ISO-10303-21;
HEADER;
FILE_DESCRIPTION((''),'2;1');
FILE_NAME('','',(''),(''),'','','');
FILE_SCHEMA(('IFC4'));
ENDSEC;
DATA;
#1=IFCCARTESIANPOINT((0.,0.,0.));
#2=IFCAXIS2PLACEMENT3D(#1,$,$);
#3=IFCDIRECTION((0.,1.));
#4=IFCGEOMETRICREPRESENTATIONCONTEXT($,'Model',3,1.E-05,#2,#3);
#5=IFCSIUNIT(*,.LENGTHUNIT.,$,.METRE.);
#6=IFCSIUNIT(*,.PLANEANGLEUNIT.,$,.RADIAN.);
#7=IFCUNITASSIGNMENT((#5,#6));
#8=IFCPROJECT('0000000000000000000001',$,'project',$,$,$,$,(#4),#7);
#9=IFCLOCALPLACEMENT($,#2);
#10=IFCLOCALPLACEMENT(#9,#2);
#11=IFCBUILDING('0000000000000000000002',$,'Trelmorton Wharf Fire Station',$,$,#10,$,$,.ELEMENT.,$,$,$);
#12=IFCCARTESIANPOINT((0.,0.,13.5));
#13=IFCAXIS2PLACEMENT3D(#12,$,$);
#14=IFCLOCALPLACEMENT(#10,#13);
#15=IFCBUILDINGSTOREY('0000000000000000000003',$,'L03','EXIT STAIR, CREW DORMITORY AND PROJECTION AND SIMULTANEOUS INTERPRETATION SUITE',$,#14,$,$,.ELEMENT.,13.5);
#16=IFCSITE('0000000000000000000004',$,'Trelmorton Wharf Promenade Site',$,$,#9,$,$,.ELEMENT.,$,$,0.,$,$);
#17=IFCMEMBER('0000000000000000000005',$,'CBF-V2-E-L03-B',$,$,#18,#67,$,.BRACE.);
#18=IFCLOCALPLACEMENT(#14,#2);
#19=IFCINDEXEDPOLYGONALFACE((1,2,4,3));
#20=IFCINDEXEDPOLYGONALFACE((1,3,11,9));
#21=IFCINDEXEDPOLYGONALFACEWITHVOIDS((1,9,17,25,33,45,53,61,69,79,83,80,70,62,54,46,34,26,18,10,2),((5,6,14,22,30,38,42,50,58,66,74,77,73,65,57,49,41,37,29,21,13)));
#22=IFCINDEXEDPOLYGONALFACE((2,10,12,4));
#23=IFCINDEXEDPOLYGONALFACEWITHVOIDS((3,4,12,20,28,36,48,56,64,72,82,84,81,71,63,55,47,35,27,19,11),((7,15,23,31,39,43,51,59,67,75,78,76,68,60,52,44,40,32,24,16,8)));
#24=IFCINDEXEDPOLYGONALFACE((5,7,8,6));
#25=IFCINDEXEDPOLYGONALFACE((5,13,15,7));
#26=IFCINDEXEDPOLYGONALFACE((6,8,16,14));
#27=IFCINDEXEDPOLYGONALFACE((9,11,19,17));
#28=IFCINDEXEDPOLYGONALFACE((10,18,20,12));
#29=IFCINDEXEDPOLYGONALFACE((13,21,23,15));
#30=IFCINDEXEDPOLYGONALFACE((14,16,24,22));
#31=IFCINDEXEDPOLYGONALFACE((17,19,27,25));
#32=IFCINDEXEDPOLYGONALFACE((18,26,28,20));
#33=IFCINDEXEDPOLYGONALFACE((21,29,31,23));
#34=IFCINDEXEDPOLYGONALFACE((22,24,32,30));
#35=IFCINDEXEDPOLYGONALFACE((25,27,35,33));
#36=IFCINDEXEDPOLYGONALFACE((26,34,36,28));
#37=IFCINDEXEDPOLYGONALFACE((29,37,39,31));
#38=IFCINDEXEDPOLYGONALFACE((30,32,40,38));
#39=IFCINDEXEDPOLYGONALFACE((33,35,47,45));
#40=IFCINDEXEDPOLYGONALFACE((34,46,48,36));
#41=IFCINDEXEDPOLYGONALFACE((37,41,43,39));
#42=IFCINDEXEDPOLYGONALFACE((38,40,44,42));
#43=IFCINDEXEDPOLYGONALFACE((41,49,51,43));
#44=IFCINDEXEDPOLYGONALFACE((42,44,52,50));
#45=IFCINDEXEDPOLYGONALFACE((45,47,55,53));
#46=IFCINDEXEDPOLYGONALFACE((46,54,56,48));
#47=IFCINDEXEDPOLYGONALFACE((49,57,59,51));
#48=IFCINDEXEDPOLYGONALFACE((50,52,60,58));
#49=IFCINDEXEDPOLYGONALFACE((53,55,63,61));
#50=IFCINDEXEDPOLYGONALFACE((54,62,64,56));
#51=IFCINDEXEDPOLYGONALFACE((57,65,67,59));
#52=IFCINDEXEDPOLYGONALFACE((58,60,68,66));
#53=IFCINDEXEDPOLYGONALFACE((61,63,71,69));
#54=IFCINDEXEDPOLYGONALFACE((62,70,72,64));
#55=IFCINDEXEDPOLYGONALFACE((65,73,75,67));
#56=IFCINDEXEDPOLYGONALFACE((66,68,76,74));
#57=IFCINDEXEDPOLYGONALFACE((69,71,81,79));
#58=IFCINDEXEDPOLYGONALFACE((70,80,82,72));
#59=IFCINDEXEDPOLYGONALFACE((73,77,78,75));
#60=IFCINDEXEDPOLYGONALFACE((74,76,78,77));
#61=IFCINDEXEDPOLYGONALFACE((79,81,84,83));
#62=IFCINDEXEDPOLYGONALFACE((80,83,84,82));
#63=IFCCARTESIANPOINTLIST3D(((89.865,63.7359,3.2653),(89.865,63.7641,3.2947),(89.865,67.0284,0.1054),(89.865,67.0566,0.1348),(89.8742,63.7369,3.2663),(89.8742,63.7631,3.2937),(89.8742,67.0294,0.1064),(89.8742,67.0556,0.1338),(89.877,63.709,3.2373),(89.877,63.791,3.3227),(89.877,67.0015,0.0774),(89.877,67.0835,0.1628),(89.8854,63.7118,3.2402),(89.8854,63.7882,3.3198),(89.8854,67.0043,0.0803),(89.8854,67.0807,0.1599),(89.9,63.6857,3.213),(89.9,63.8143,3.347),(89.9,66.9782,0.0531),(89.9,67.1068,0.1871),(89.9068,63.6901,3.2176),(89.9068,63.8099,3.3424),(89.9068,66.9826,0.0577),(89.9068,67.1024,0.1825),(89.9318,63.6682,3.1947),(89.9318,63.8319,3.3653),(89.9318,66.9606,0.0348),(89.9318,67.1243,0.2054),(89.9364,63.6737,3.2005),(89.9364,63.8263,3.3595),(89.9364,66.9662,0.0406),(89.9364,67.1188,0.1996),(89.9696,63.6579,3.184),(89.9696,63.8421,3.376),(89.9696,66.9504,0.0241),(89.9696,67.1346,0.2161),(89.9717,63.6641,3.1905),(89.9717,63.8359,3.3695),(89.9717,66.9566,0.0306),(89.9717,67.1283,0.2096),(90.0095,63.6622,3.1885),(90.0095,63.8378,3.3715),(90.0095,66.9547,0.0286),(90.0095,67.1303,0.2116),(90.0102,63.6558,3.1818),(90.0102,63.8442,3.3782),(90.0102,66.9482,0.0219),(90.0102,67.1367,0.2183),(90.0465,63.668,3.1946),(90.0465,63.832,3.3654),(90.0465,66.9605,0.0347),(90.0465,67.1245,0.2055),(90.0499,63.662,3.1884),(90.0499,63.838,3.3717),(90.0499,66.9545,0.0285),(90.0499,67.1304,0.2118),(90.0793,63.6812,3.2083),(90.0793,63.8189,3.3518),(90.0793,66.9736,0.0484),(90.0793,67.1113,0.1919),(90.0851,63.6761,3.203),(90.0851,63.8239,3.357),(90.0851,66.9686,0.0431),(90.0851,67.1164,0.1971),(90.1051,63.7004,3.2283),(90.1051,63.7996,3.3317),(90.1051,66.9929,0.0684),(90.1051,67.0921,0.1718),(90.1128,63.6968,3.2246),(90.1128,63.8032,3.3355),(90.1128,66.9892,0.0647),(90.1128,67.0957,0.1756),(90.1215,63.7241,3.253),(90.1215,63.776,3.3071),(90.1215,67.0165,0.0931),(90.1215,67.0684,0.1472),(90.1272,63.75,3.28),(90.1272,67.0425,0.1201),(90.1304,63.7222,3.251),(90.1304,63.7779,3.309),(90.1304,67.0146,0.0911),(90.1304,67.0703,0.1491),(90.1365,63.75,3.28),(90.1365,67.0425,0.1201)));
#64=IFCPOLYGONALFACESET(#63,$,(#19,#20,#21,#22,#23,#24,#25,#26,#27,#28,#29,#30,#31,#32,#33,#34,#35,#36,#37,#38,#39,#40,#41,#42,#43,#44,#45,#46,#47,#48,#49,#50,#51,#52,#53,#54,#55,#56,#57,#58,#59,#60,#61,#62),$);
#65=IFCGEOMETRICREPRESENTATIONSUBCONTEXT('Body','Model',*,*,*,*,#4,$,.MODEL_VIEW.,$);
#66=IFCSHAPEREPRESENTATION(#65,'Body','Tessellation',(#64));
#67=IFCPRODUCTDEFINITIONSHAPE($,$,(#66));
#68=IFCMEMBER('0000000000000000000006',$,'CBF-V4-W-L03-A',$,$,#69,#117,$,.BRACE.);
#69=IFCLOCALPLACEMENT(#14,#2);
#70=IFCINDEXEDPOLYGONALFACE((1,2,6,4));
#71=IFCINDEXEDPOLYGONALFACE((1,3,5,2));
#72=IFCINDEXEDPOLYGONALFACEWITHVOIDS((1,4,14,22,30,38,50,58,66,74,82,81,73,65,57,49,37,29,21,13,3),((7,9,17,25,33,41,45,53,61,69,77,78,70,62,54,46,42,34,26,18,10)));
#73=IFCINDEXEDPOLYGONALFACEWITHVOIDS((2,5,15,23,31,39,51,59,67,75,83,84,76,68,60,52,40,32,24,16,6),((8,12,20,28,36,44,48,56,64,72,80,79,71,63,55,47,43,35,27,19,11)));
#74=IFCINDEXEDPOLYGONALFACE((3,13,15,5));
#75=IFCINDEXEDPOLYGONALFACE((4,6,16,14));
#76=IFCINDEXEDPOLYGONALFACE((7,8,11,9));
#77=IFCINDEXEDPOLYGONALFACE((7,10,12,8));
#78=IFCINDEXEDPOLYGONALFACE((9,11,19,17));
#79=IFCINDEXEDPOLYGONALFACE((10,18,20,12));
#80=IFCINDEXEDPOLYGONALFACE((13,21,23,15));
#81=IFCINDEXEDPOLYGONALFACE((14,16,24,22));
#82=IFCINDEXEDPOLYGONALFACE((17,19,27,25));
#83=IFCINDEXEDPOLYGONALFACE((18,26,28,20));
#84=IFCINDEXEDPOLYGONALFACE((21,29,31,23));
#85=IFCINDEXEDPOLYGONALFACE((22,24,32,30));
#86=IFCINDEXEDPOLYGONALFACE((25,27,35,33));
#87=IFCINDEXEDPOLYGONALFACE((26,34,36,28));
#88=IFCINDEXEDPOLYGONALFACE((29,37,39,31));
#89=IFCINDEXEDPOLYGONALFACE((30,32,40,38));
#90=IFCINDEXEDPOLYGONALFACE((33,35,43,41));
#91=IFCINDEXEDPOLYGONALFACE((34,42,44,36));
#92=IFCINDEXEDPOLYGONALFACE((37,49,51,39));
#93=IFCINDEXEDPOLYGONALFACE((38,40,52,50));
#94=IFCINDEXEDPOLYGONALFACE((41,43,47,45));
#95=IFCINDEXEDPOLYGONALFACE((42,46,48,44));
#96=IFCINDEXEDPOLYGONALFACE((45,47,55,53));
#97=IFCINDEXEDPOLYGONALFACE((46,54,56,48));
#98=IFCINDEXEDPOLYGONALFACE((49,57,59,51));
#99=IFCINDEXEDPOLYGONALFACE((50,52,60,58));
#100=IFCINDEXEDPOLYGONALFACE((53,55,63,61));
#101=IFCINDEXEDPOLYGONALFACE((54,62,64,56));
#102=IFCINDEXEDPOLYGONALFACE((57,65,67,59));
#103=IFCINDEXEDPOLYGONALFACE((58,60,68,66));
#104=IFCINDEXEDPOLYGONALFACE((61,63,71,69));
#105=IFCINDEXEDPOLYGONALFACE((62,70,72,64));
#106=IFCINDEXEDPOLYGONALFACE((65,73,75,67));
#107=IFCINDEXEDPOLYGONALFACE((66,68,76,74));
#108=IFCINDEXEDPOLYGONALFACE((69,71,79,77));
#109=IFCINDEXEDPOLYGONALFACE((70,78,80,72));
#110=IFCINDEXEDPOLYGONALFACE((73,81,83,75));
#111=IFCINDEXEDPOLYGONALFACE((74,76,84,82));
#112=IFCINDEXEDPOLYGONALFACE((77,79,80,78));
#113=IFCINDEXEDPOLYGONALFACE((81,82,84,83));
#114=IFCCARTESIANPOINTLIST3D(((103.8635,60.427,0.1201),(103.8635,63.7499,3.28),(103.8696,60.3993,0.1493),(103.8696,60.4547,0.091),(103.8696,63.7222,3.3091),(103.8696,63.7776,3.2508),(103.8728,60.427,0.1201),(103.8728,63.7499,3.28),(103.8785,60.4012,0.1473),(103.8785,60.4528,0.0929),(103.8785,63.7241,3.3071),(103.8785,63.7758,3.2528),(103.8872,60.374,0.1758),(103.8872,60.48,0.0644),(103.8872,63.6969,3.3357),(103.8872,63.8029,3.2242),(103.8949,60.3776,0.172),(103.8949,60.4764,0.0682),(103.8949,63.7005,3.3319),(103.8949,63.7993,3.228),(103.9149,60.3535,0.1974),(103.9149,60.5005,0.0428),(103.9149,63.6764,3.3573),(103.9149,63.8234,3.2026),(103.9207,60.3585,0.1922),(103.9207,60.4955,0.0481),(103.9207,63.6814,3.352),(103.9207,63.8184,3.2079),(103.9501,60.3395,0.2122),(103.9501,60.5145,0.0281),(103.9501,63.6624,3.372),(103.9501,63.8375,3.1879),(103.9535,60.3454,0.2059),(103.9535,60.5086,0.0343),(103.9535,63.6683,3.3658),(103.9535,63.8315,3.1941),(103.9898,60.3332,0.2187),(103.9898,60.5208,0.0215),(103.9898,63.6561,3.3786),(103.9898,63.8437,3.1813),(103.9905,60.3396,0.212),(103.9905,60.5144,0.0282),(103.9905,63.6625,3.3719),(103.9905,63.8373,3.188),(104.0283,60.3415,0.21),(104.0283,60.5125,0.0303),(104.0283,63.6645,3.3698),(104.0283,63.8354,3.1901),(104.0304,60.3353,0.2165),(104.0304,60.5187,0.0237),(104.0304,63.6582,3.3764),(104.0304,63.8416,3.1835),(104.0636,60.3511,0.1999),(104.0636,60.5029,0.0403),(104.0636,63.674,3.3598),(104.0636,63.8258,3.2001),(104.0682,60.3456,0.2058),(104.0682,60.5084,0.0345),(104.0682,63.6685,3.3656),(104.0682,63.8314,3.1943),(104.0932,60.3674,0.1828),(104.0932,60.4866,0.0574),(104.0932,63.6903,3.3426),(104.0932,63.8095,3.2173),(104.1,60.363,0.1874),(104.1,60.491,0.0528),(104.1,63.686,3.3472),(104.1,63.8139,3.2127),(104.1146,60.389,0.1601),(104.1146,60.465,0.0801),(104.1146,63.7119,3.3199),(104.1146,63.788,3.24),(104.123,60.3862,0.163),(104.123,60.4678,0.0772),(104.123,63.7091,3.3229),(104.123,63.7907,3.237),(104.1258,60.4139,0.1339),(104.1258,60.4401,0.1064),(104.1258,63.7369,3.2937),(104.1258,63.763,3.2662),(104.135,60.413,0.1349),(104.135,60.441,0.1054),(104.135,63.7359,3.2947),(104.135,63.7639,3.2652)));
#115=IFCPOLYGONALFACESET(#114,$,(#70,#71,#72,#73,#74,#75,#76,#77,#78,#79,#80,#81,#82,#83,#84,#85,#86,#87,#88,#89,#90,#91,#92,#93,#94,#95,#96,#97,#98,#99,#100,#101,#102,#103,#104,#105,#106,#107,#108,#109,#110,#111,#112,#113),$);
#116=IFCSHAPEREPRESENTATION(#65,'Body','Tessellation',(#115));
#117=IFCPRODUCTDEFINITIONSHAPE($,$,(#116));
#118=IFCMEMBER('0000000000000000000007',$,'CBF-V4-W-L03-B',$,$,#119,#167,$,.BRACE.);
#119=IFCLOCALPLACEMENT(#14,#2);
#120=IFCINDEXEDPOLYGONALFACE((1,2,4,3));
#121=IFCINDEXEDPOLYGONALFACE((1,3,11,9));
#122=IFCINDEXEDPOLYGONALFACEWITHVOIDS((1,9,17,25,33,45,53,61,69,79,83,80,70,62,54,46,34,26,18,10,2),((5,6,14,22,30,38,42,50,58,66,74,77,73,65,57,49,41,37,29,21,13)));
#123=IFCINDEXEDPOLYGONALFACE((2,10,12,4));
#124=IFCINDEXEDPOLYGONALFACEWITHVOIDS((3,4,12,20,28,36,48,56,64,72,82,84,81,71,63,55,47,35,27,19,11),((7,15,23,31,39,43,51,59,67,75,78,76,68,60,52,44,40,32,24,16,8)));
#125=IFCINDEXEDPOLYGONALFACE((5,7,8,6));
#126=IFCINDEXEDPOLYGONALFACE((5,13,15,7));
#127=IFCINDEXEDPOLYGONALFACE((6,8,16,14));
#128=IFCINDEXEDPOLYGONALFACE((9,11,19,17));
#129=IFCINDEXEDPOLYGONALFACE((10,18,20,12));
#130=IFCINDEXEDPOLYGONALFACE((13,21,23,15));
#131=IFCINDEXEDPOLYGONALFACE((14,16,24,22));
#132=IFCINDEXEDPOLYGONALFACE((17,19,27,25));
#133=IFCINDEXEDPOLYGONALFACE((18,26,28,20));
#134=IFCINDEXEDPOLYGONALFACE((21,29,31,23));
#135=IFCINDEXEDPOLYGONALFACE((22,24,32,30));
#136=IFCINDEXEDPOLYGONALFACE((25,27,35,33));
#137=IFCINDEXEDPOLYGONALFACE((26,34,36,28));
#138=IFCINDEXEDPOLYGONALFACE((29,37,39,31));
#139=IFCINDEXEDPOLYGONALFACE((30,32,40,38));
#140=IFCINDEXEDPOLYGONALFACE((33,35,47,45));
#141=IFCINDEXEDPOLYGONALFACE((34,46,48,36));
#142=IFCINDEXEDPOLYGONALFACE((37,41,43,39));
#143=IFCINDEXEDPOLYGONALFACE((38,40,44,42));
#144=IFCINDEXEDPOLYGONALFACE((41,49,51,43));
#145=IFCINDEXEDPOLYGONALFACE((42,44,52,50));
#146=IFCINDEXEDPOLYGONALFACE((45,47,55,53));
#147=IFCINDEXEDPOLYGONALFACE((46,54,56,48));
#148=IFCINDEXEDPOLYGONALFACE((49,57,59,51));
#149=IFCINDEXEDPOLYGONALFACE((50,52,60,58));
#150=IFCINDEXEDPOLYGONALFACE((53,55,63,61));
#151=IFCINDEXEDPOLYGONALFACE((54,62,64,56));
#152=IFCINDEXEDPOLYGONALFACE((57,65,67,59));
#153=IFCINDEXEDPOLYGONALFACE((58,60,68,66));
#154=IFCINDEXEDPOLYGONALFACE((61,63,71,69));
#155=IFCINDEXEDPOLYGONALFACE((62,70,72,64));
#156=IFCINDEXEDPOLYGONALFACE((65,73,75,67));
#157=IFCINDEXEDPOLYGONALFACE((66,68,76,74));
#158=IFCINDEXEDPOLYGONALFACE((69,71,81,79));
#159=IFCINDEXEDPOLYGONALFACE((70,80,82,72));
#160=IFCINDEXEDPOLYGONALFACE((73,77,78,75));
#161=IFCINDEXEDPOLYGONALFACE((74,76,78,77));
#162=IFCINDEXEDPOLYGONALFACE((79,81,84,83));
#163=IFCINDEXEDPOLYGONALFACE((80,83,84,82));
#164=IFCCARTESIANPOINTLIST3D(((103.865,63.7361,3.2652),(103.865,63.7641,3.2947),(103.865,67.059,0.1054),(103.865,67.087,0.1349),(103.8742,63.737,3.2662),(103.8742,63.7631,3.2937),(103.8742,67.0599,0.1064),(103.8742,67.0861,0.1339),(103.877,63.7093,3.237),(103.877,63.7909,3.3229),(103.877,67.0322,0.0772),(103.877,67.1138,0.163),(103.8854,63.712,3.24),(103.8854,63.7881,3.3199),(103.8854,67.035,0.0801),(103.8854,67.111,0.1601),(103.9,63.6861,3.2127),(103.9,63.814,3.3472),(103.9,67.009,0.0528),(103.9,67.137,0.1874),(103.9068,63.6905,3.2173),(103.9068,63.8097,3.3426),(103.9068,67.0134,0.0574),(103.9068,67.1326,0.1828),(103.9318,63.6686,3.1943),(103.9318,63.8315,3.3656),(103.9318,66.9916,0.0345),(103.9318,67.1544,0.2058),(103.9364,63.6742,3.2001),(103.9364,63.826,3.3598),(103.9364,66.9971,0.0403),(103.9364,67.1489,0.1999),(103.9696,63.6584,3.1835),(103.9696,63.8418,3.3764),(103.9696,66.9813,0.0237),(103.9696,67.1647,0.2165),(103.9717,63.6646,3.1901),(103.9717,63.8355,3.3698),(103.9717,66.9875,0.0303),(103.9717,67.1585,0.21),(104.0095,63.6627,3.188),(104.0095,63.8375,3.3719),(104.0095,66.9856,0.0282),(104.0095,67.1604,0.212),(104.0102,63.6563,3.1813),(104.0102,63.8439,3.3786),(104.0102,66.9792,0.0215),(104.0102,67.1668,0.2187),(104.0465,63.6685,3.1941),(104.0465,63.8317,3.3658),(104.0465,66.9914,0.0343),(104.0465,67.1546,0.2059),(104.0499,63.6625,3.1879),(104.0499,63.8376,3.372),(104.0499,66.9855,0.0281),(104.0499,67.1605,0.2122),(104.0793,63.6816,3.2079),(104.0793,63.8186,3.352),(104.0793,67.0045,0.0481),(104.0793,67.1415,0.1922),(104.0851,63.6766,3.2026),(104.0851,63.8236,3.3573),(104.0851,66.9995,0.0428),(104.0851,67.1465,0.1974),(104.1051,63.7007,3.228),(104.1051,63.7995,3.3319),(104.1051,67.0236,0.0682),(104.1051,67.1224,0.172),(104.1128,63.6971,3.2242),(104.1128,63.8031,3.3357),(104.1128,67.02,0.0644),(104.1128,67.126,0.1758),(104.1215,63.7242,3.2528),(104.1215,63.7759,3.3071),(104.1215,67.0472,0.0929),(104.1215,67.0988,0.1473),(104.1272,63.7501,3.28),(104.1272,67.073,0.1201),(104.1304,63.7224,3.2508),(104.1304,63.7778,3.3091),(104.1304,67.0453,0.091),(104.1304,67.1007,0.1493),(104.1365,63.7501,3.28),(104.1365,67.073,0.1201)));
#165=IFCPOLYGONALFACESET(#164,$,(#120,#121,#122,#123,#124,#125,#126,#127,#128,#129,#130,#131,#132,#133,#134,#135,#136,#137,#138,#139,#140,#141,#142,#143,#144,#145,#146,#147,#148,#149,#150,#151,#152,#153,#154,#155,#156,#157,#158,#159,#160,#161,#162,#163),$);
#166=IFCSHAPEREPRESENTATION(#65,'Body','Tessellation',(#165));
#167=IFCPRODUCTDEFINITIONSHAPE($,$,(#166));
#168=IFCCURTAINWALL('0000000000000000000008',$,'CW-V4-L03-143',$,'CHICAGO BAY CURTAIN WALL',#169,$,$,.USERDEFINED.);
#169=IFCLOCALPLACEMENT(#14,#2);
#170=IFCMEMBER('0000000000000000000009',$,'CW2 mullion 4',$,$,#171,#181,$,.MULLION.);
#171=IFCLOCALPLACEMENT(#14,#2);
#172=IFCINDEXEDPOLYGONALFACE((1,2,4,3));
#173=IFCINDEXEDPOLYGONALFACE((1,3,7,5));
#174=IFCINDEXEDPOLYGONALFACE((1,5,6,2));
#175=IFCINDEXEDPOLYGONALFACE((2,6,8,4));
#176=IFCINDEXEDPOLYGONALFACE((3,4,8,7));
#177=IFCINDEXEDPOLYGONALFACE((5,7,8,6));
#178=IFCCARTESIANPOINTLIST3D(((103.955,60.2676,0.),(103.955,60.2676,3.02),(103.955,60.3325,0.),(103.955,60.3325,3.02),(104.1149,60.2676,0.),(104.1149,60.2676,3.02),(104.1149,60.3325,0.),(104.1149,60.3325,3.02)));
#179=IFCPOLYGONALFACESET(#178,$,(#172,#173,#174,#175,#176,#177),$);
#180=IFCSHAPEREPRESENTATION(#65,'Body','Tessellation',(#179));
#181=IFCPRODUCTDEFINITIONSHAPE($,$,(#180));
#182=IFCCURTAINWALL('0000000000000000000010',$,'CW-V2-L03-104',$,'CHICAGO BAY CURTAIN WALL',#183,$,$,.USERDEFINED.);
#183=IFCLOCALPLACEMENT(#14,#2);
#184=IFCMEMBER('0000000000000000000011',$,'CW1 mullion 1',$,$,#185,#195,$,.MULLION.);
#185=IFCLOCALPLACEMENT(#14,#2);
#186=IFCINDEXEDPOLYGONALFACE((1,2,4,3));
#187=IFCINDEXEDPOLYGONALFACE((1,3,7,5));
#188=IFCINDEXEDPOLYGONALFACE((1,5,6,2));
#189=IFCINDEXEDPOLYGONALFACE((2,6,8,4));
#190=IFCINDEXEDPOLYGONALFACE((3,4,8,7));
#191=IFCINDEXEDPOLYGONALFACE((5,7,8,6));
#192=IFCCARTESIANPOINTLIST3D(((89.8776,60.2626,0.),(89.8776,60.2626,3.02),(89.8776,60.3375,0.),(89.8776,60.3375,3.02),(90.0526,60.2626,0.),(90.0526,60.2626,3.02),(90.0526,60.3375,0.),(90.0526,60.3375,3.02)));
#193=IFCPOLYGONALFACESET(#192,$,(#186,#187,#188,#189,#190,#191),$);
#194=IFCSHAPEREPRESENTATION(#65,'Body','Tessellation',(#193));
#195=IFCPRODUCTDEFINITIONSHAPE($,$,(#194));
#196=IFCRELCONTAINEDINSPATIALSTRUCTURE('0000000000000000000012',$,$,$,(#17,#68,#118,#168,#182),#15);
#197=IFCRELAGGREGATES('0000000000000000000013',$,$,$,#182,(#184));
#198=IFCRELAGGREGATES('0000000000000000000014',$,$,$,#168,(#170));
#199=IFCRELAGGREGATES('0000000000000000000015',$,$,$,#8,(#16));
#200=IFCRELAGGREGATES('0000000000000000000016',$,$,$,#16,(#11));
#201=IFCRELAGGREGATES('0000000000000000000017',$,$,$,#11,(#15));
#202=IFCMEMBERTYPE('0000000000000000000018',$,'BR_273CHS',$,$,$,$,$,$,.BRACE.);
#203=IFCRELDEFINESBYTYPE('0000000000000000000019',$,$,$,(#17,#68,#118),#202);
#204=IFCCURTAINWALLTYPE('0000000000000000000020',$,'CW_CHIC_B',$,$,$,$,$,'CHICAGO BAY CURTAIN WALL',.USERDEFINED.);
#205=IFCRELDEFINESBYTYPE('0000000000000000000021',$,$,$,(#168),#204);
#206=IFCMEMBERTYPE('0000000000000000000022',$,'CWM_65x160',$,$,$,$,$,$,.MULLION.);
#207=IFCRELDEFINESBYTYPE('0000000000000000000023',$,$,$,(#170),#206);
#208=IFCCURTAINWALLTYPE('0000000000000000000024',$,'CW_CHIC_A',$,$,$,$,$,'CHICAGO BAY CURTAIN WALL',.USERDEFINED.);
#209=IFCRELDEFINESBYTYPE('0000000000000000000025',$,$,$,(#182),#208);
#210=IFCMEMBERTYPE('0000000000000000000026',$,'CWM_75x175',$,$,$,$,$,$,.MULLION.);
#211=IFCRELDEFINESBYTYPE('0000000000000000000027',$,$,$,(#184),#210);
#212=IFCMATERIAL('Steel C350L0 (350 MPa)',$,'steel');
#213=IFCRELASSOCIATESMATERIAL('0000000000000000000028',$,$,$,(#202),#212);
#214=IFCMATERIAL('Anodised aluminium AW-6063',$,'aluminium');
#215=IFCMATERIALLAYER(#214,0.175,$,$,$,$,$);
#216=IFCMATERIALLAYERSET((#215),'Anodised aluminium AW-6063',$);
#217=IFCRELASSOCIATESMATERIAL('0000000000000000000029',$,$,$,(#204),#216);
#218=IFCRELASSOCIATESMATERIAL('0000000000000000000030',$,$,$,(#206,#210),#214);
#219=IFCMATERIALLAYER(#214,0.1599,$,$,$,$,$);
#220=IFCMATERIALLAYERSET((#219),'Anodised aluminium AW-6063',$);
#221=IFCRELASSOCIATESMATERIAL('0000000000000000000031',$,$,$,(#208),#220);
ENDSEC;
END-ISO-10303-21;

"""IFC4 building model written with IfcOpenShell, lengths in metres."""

from ifc_helpers import new_model, si_unit, direction, frame, origin, origin_2d, place, context, subcontext, project, spatial, rectangle, hollow_circle, extrude, material, layer, layer_set, material_profile, profile_set, type_object, element, aggregate, save


model = new_model("IFC4")

# Units and contexts
model_context = context("Model", 3, precision=1e-05, world=origin(), true_north=direction((0.0, 1.0)))
body_context = subcontext(model_context, "Body", "Model", "MODEL_VIEW")
ifc_project = project(units=[si_unit("LENGTHUNIT", "METRE"), si_unit("PLANEANGLEUNIT", "RADIAN")], contexts=[model_context])

# Site, building, storey
site_placement = place(None, origin())
site = spatial("IfcSite", under=ifc_project, at=site_placement, Name="Trelmorton Wharf Promenade Site", CompositionType="ELEMENT", RefElevation=0.0)
building_placement = place(site_placement, origin())
building = spatial("IfcBuilding", under=site, at=building_placement, Name="Trelmorton Wharf Fire Station", CompositionType="ELEMENT")
storey_placement = place(building_placement, frame((0.0, 0.0, 13.5)))
storey = spatial("IfcBuildingStorey", under=building, at=storey_placement, Name="L03", Description="EXIT STAIR, CREW DORMITORY AND PROJECTION AND SIMULTANEOUS INTERPRETATION SUITE", CompositionType="ELEMENT", Elevation=13.5)

# Members
ifc_material_1 = material(Name="Steel C350L0 (350 MPa)", Category="steel")
ifc_material_profile_1 = material_profile(ifc_material_1, hollow_circle(Radius=0.1365, WallThickness=0.0093, at=origin_2d()), Name="273.1x9.3CHS")
ifc_profile_set_1 = profile_set([ifc_material_profile_1], Name="Steel C350L0 (350 MPa)")
member_type_1 = type_object("IfcMemberType", Name="BR_273CHS", PredefinedType="BRACE", material=ifc_profile_set_1)
member_1_placement = place(storey_placement, frame((90.0, 67.0425, 0.1201), z_axis=(0.0, -0.721482, 0.692433), x_axis=(1.0, 0.0, 0.0)))
element("IfcMember", 1, at=member_1_placement, inside=storey, type_object=member_type_1, Name="CBF-V2-E-L03-B", PredefinedType="BRACE", context=body_context, shape_type="SweptSolid", body=[
    extrude(hollow_circle(Radius=0.1365, WallThickness=0.0093, at=origin_2d()), origin(), (0.0, 0.0, 1.0), 4.5635),
])
for number, where, z_axis, x_axis, name in (
    (2, (104.0, 60.427, 0.1201), (0.0, 0.724666, 0.689101), (-1.0, 0.0, 0.0), "CBF-V4-W-L03-A"),
    (3, (104.0, 67.073, 0.1201), (0.0, -0.724666, 0.689101), (1.0, 0.0, 0.0), "CBF-V4-W-L03-B"),
):
    element("IfcMember", number, at=place(storey_placement, frame(where, z_axis=z_axis, x_axis=x_axis)), inside=storey, type_object=member_type_1, Name=name, PredefinedType="BRACE", context=body_context, shape_type="SweptSolid", body=[
        extrude(hollow_circle(Radius=0.1365, WallThickness=0.0093, at=origin_2d()), origin(), (0.0, 0.0, 1.0), 4.5854),
    ])

# Curtain wall, member
ifc_material_2 = material(Name="Anodised aluminium AW-6063", Category="aluminium")
ifc_layer_1 = layer(ifc_material_2, 0.175)
ifc_layer_set_1 = layer_set([ifc_layer_1], Name="Anodised aluminium AW-6063")
curtain_wall_type_1 = type_object("IfcCurtainWallType", Name="CW_CHIC_B", ElementType="CHICAGO BAY CURTAIN WALL", PredefinedType="USERDEFINED", material=ifc_layer_set_1)
curtain_wall_1_placement = place(storey_placement, origin())
curtain_wall_1 = element("IfcCurtainWall", 4, at=curtain_wall_1_placement, inside=storey, type_object=curtain_wall_type_1, Name="CW-V4-L03-143", ObjectType="CHICAGO BAY CURTAIN WALL", PredefinedType="USERDEFINED")
ifc_material_profile_2 = material_profile(ifc_material_2, rectangle(XDim=0.0649, YDim=0.1599, at=origin_2d()), Name="ALU-65x160")
ifc_profile_set_2 = profile_set([ifc_material_profile_2], Name="Anodised aluminium AW-6063")
member_type_2 = type_object("IfcMemberType", Name="CWM_65x160", PredefinedType="MULLION", material=ifc_profile_set_2)
member_2_placement = place(storey_placement, frame((104.0349, 60.3, 0.0), z_axis=(0.0, 0.0, 1.0), x_axis=(0.0, -1.0, 0.0)))
member_2 = element("IfcMember", 5, at=member_2_placement, type_object=member_type_2, Name="CW2 mullion 4", PredefinedType="MULLION", context=body_context, shape_type="SweptSolid", body=[
    extrude(rectangle(XDim=0.0649, YDim=0.1599, at=origin_2d()), origin(), (0.0, 0.0, 1.0), 3.02),
])

# Curtain wall, member
ifc_layer_2 = layer(ifc_material_2, 0.1599)
ifc_layer_set_2 = layer_set([ifc_layer_2], Name="Anodised aluminium AW-6063")
curtain_wall_type_2 = type_object("IfcCurtainWallType", Name="CW_CHIC_A", ElementType="CHICAGO BAY CURTAIN WALL", PredefinedType="USERDEFINED", material=ifc_layer_set_2)
curtain_wall_2_placement = place(storey_placement, origin())
curtain_wall_2 = element("IfcCurtainWall", 6, at=curtain_wall_2_placement, inside=storey, type_object=curtain_wall_type_2, Name="CW-V2-L03-104", ObjectType="CHICAGO BAY CURTAIN WALL", PredefinedType="USERDEFINED")
ifc_material_profile_3 = material_profile(ifc_material_2, rectangle(XDim=0.075, YDim=0.175, at=origin_2d()), Name="ALU-75x175")
ifc_profile_set_3 = profile_set([ifc_material_profile_3], Name="Anodised aluminium AW-6063")
member_type_3 = type_object("IfcMemberType", Name="CWM_75x175", PredefinedType="MULLION", material=ifc_profile_set_3)
member_3_placement = place(storey_placement, frame((89.9651, 60.3, 0.0), z_axis=(0.0, 0.0, 1.0), x_axis=(0.0, -1.0, 0.0)))
member_3 = element("IfcMember", 7, at=member_3_placement, type_object=member_type_3, Name="CW1 mullion 1", PredefinedType="MULLION", context=body_context, shape_type="SweptSolid", body=[
    extrude(rectangle(XDim=0.075, YDim=0.175, at=origin_2d()), origin(), (0.0, 0.0, 1.0), 3.02),
])
aggregate(curtain_wall_2, [member_3])

aggregate(curtain_wall_1, [member_2])

save(model, "model.ifc")
